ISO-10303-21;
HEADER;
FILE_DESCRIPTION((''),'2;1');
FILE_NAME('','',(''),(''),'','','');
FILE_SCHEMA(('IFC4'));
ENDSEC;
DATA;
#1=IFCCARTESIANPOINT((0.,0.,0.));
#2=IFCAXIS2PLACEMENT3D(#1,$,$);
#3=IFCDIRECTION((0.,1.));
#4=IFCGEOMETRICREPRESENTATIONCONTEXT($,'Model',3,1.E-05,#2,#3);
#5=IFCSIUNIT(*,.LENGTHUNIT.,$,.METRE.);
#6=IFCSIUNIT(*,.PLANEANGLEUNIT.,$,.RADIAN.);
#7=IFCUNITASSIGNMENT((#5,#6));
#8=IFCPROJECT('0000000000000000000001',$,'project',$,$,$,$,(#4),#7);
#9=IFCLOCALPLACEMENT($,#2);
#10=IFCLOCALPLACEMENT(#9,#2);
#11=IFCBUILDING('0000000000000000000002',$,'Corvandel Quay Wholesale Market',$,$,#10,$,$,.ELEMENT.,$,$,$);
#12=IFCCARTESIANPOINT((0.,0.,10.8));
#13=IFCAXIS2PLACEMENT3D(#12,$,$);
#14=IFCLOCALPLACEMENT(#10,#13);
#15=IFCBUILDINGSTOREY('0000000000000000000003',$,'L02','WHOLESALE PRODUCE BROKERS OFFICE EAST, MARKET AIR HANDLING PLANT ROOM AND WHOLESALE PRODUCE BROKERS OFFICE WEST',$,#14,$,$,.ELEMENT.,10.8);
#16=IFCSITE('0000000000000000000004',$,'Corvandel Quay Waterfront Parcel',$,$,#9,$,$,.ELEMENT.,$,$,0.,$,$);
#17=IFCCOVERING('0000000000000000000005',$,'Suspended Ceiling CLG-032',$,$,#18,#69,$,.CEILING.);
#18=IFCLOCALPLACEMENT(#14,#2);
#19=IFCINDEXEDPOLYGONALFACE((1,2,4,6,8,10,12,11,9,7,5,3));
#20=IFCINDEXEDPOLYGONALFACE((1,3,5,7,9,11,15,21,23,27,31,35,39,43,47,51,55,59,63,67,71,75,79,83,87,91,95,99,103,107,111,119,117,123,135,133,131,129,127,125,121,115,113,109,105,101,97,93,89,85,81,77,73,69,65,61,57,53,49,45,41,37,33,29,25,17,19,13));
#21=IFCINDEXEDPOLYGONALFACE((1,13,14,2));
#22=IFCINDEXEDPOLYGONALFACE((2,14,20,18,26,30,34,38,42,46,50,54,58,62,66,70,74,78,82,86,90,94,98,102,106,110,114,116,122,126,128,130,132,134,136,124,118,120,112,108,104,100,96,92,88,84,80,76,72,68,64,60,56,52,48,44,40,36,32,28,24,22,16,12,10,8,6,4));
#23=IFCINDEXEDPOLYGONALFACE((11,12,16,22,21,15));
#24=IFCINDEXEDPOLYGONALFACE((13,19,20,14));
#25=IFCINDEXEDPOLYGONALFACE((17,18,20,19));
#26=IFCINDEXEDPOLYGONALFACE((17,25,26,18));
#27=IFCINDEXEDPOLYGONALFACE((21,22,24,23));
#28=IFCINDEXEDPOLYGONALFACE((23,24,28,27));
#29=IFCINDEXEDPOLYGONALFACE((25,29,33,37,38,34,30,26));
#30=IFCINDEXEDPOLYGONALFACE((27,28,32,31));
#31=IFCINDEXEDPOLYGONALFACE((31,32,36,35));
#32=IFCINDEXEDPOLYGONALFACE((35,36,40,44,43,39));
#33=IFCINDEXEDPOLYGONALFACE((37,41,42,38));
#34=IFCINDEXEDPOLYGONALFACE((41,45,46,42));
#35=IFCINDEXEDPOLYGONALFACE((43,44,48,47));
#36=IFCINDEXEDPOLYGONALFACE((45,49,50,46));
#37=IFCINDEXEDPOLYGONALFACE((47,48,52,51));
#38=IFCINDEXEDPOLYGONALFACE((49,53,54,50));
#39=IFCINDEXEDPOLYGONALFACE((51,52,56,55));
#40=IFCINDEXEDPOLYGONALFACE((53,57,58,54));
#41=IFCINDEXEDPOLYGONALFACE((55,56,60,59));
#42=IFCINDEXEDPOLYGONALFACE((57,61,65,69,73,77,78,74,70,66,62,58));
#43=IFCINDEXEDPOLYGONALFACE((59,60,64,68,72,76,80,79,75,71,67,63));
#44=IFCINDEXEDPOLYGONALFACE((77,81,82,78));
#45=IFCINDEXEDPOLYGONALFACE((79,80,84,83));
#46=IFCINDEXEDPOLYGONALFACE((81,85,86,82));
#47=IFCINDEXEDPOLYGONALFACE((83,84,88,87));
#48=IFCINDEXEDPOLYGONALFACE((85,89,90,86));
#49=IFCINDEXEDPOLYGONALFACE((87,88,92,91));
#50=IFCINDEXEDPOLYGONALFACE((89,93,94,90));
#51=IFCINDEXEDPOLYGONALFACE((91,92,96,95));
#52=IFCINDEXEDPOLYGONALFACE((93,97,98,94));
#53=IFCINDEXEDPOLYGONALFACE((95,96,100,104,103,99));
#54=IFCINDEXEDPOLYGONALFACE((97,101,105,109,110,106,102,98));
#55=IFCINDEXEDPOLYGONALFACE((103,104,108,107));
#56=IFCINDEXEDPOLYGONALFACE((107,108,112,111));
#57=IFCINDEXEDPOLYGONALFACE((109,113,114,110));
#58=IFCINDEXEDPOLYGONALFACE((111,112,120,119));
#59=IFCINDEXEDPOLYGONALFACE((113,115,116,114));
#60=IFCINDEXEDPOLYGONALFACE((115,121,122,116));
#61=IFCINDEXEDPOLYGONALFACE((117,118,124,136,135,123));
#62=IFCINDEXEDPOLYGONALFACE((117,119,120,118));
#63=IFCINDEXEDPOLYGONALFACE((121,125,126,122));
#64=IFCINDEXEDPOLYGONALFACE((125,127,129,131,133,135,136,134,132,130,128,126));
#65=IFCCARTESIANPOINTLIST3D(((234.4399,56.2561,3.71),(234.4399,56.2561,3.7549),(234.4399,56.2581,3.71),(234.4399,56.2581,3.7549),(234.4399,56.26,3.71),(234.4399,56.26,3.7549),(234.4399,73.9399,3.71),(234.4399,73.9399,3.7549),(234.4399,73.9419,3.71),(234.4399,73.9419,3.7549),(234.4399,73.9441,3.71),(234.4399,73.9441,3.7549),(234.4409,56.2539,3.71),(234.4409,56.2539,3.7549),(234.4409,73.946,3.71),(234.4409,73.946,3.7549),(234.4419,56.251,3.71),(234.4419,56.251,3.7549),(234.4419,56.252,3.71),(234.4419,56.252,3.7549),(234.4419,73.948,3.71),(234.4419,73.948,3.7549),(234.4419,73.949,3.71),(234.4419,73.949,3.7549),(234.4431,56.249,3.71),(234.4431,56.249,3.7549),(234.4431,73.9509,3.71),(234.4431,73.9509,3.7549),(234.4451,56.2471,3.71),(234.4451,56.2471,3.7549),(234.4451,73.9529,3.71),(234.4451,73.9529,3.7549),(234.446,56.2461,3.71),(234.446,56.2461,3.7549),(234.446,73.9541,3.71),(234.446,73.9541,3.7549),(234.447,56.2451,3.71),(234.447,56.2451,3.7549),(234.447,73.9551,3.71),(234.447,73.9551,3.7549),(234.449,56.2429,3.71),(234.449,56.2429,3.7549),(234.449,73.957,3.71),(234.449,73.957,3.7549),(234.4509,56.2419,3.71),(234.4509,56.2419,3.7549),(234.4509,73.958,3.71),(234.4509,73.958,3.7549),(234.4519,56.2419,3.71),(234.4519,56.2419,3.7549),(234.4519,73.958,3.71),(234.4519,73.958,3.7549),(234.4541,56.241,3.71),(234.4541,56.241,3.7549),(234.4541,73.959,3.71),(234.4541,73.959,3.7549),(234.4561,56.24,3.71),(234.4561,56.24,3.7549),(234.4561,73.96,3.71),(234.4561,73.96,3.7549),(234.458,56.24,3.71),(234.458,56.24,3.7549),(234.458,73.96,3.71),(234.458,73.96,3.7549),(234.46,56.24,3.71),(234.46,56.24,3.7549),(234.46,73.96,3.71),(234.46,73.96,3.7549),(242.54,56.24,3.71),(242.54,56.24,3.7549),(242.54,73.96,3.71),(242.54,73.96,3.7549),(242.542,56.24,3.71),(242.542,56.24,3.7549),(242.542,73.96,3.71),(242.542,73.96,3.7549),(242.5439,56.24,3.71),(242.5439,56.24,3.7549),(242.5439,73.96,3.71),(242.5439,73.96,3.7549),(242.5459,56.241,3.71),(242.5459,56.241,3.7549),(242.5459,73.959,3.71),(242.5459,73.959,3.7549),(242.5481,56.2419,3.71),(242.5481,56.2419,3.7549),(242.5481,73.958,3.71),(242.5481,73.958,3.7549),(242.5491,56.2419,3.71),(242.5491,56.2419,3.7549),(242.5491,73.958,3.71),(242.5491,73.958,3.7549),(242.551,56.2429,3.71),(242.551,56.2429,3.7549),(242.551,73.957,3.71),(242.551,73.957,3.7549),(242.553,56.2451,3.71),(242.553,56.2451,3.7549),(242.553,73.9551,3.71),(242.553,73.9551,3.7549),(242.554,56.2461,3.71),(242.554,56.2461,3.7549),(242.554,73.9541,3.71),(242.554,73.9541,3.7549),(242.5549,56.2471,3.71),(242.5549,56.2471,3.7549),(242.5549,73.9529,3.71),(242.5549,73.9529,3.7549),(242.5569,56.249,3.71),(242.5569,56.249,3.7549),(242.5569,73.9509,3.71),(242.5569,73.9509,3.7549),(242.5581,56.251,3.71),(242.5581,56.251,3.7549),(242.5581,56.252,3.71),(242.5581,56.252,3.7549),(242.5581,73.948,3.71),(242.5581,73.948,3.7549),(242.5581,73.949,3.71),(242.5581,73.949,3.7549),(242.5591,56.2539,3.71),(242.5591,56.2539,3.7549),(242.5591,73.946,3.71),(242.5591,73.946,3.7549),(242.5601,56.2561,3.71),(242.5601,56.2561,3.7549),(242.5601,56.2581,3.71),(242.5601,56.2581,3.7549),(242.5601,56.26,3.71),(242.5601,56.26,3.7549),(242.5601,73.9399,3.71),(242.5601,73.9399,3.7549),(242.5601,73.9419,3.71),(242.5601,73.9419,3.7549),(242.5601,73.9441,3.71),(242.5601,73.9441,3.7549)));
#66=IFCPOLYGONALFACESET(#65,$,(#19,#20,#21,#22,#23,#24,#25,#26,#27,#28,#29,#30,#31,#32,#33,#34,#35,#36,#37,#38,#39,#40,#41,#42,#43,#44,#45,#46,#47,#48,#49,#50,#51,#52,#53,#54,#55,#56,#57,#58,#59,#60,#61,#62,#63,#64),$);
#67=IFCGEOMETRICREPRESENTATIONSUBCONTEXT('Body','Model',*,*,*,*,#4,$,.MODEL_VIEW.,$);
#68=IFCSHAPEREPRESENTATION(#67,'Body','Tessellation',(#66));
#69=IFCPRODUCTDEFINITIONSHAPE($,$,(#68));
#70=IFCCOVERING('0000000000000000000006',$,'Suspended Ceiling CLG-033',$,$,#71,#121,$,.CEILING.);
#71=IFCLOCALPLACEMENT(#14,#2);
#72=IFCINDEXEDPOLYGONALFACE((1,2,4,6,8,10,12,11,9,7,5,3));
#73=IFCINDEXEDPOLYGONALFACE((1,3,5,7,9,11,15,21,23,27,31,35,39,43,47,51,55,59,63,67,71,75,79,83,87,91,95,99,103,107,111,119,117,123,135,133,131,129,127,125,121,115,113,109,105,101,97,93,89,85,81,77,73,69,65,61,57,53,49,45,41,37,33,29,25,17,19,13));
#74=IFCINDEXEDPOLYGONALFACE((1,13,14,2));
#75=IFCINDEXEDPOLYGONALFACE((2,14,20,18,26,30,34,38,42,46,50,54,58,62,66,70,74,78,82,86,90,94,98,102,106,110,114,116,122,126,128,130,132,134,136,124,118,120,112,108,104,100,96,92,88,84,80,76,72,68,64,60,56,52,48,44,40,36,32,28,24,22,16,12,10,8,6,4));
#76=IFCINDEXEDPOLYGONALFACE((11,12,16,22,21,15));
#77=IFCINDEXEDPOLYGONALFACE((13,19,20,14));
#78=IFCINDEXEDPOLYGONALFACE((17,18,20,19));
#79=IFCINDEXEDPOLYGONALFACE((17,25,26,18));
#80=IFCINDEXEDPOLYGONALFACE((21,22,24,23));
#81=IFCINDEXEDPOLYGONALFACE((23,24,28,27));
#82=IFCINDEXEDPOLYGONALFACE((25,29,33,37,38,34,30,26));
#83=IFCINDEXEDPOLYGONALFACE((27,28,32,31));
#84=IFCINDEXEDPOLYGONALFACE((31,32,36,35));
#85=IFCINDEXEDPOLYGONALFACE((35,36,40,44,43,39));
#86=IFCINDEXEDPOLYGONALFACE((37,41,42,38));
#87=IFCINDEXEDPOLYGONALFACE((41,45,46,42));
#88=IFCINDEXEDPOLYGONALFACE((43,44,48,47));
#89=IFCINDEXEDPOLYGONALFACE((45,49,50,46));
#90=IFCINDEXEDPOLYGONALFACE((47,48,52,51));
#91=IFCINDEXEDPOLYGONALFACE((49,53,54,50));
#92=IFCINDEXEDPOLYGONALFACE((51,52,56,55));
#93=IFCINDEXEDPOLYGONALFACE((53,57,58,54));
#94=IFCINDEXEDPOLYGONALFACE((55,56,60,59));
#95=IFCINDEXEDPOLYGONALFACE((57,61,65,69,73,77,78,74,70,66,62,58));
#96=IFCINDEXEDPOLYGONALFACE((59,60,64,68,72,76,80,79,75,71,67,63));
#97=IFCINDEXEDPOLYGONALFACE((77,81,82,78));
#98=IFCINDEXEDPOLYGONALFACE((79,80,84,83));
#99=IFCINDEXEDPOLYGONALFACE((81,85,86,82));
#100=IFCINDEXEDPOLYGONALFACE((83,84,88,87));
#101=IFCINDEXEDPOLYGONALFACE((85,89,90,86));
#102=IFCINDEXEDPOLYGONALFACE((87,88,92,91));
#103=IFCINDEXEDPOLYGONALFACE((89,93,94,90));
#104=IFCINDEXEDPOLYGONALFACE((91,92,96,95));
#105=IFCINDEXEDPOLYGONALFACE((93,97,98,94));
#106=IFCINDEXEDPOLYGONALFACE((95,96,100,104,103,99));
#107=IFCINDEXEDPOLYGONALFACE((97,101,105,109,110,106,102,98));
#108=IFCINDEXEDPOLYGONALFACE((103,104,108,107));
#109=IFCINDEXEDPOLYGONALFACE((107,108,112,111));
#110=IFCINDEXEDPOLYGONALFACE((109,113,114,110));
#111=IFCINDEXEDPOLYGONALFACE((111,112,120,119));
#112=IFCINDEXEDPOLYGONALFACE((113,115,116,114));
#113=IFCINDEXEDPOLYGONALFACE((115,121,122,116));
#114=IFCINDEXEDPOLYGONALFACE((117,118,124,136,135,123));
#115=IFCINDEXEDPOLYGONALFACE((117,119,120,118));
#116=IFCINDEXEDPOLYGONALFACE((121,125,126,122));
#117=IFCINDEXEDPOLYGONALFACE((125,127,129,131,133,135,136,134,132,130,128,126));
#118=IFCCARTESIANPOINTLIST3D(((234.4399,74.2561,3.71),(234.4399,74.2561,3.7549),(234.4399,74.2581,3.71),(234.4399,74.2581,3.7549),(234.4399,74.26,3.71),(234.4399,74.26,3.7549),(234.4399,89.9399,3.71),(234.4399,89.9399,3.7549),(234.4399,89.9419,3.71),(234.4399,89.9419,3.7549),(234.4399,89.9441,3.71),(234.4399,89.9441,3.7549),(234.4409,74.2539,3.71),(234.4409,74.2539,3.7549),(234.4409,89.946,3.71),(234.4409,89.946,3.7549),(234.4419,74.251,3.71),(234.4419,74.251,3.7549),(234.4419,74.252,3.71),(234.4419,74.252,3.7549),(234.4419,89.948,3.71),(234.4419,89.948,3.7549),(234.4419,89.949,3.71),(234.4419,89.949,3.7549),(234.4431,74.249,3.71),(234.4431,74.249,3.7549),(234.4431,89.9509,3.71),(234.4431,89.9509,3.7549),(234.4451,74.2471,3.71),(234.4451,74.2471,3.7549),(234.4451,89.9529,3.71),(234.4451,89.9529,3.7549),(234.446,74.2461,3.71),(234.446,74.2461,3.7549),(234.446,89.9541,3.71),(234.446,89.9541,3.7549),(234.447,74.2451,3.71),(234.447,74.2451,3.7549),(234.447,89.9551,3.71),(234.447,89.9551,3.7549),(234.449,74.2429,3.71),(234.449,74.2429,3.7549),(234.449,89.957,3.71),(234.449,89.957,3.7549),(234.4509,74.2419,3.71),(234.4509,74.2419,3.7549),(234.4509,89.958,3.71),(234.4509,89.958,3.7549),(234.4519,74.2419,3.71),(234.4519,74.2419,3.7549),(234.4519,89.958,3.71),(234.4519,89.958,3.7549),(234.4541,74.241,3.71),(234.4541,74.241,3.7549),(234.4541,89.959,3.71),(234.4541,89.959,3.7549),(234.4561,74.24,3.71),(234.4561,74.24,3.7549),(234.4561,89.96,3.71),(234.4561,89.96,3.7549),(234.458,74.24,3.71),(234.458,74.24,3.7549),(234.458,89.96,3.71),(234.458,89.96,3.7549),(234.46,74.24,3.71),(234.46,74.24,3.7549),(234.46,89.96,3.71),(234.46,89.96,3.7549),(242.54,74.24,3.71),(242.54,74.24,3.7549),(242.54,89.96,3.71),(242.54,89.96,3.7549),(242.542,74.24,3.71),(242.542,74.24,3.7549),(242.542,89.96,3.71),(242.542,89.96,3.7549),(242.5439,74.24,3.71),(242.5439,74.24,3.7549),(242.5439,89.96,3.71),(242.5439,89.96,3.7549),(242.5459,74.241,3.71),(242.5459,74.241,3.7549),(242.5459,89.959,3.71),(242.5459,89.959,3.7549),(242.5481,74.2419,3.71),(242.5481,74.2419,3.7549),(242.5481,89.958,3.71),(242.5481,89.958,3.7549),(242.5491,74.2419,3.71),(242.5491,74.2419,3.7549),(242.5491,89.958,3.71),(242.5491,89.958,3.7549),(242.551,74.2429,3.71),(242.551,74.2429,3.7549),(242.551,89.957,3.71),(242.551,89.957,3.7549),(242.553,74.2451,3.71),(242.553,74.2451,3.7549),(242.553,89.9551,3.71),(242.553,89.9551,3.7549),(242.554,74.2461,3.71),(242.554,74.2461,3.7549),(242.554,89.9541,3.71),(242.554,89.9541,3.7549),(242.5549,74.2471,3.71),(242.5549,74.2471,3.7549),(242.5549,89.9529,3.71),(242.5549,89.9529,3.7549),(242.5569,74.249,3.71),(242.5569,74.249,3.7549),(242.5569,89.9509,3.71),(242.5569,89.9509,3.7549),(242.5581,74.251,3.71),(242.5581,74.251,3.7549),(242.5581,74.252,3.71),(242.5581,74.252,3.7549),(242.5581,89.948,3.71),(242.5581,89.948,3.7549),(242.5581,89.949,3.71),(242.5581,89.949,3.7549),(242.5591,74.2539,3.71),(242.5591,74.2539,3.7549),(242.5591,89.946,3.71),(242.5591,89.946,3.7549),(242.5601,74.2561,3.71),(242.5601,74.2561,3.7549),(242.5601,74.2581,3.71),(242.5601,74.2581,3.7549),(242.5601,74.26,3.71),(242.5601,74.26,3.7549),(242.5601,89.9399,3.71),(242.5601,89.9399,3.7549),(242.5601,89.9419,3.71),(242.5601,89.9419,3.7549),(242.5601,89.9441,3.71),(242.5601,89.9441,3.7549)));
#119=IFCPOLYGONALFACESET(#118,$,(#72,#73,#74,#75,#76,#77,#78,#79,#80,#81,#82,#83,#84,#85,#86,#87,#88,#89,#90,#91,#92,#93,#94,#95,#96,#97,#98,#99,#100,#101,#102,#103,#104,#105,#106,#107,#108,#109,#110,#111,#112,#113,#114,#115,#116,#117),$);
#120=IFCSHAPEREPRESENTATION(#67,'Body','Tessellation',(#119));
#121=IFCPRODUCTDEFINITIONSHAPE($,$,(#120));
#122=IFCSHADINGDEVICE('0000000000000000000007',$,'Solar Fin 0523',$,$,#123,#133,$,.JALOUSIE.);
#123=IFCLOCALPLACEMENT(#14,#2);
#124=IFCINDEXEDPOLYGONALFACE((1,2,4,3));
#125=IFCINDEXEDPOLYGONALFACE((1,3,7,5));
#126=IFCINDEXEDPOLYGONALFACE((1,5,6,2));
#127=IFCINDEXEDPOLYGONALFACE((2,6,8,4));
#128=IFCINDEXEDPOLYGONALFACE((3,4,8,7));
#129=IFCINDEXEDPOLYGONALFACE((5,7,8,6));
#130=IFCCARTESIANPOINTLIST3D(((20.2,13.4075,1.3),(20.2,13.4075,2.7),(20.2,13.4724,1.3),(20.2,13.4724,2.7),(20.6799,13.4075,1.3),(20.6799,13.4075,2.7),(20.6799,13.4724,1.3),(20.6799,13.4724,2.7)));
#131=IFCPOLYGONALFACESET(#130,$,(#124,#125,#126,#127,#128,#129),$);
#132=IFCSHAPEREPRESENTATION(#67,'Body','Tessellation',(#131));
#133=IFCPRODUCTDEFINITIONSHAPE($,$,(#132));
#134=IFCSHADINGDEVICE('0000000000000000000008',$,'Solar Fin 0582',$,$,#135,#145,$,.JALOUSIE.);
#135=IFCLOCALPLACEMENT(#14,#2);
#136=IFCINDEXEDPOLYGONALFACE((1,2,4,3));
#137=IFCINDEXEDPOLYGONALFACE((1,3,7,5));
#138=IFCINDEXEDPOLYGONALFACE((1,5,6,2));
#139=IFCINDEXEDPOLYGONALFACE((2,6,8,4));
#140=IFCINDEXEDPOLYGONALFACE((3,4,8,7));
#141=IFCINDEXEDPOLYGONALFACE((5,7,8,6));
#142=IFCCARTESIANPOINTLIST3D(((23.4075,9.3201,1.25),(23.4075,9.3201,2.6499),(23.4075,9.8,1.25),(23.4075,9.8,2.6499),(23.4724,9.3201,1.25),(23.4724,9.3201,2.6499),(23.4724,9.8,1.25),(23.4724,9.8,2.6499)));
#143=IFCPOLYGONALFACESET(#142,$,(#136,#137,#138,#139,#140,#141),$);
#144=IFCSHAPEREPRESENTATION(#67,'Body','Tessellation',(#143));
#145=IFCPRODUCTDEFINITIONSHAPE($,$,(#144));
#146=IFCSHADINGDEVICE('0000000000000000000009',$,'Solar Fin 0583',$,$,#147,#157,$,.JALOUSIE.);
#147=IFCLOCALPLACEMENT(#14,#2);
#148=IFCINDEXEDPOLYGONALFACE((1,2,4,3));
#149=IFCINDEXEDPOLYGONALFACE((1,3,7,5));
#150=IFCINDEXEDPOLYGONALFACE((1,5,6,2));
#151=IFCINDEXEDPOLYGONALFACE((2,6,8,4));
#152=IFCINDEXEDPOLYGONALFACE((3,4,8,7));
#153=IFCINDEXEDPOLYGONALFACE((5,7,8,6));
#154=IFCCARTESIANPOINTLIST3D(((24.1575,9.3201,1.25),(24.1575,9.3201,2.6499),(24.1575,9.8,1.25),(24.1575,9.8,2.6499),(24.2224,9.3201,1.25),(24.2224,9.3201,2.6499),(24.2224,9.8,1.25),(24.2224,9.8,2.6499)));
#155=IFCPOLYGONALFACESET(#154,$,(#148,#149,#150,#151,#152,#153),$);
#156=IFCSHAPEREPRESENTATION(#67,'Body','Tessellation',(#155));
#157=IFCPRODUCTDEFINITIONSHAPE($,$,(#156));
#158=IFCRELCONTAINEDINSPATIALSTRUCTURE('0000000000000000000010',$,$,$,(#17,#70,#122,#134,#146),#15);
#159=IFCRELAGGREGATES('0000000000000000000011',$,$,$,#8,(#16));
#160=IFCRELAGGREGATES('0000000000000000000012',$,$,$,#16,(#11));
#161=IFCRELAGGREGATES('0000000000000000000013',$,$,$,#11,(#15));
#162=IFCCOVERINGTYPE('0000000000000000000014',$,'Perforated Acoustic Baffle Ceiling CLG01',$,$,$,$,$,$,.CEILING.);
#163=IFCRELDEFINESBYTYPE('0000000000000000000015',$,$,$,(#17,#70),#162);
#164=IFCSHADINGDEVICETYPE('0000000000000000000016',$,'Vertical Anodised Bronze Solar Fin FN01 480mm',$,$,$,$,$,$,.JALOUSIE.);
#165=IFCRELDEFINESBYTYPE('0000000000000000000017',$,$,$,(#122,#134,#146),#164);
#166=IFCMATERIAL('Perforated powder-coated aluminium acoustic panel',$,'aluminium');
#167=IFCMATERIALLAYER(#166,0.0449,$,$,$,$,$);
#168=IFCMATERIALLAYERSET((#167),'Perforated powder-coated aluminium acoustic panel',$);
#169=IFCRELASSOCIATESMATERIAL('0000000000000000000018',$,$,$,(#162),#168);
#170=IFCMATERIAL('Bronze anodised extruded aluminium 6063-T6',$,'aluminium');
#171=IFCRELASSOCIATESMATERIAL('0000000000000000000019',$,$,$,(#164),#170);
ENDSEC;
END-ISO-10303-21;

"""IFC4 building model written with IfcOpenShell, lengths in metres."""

from ifc_helpers import new_model, si_unit, direction, frame, origin, origin_2d, place, context, subcontext, project, spatial, polyline, rectangle, outline, extrude, material, layer, layer_set, type_object, element, save


model = new_model("IFC4")

# Units and contexts
model_context = context("Model", 3, precision=1e-05, world=origin(), true_north=direction((0.0, 1.0)))
body_context = subcontext(model_context, "Body", "Model", "MODEL_VIEW")
ifc_project = project(units=[si_unit("LENGTHUNIT", "METRE"), si_unit("PLANEANGLEUNIT", "RADIAN")], contexts=[model_context])

# Site, building, storey
site_placement = place(None, origin())
site = spatial("IfcSite", under=ifc_project, at=site_placement, Name="Corvandel Quay Waterfront Parcel", CompositionType="ELEMENT", RefElevation=0.0)
building_placement = place(site_placement, origin())
building = spatial("IfcBuilding", under=site, at=building_placement, Name="Corvandel Quay Wholesale Market", CompositionType="ELEMENT")
storey_placement = place(building_placement, frame((0.0, 0.0, 10.8)))
storey = spatial("IfcBuildingStorey", under=building, at=storey_placement, Name="L02", Description="WHOLESALE PRODUCE BROKERS OFFICE EAST, MARKET AIR HANDLING PLANT ROOM AND WHOLESALE PRODUCE BROKERS OFFICE WEST", CompositionType="ELEMENT", Elevation=10.8)

# Coverings
ifc_material_1 = material(Name="Perforated powder-coated aluminium acoustic panel", Category="aluminium")
ifc_layer_1 = layer(ifc_material_1, 0.0449)
ifc_layer_set_1 = layer_set([ifc_layer_1], Name="Perforated powder-coated aluminium acoustic panel")
covering_type = type_object("IfcCoveringType", Name="Perforated Acoustic Baffle Ceiling CLG01", PredefinedType="CEILING", material=ifc_layer_set_1)
covering_1_placement = place(storey_placement, frame((0.0, 0.0, 3.71)))
element("IfcCovering", 1, at=covering_1_placement, inside=storey, type_object=covering_type, Name="Suspended Ceiling CLG-032", PredefinedType="CEILING", context=body_context, shape_type="SweptSolid", body=[
    extrude(outline(polyline([(234.458, 56.24), (234.4561, 56.24), (234.4541, 56.241), (234.4519, 56.2419), (234.4509, 56.2419), (234.449, 56.2429), (234.447, 56.2451), (234.446, 56.2461), (234.4451, 56.2471), (234.4431, 56.249), (234.4419, 56.251), (234.4419, 56.252), (234.4409, 56.2539), (234.4399, 56.2561), (234.4399, 56.2581), (234.4399, 56.26), (234.4399, 73.9399), (234.4399, 73.9419), (234.4399, 73.9441), (234.4409, 73.946), (234.4419, 73.948), (234.4419, 73.949), (234.4431, 73.9509), (234.4451, 73.9529), (234.446, 73.9541), (234.447, 73.9551), (234.449, 73.957), (234.4509, 73.958), (234.4519, 73.958), (234.4541, 73.959), (234.4561, 73.96), (234.458, 73.96), (234.46, 73.96), (242.54, 73.96), (242.542, 73.96), (242.5439, 73.96), (242.5459, 73.959), (242.5481, 73.958), (242.5491, 73.958), (242.551, 73.957), (242.553, 73.9551), (242.554, 73.9541), (242.5549, 73.9529), (242.5569, 73.9509), (242.5581, 73.949), (242.5581, 73.948), (242.5591, 73.946), (242.5601, 73.9441), (242.5601, 73.9419), (242.5601, 73.9399), (242.5601, 56.26), (242.5601, 56.2581), (242.5601, 56.2561), (242.5591, 56.2539), (242.5581, 56.252), (242.5581, 56.251), (242.5569, 56.249), (242.5549, 56.2471), (242.554, 56.2461), (242.553, 56.2451), (242.551, 56.2429), (242.5491, 56.2419), (242.5481, 56.2419), (242.5459, 56.241), (242.5439, 56.24), (242.542, 56.24), (242.54, 56.24), (234.46, 56.24), (234.458, 56.24)])), origin(), (0.0, 0.0, 1.0), 0.0449),
])
covering_2_placement = place(storey_placement, frame((0.0, 0.0, 3.71)))
element("IfcCovering", 2, at=covering_2_placement, inside=storey, type_object=covering_type, Name="Suspended Ceiling CLG-033", PredefinedType="CEILING", context=body_context, shape_type="SweptSolid", body=[
    extrude(outline(polyline([(234.458, 74.24), (234.4561, 74.24), (234.4541, 74.241), (234.4519, 74.2419), (234.4509, 74.2419), (234.449, 74.2429), (234.447, 74.2451), (234.446, 74.2461), (234.4451, 74.2471), (234.4431, 74.249), (234.4419, 74.251), (234.4419, 74.252), (234.4409, 74.2539), (234.4399, 74.2561), (234.4399, 74.2581), (234.4399, 74.26), (234.4399, 89.9399), (234.4399, 89.9419), (234.4399, 89.9441), (234.4409, 89.946), (234.4419, 89.948), (234.4419, 89.949), (234.4431, 89.9509), (234.4451, 89.9529), (234.446, 89.9541), (234.447, 89.9551), (234.449, 89.957), (234.4509, 89.958), (234.4519, 89.958), (234.4541, 89.959), (234.4561, 89.96), (234.458, 89.96), (234.46, 89.96), (242.54, 89.96), (242.542, 89.96), (242.5439, 89.96), (242.5459, 89.959), (242.5481, 89.958), (242.5491, 89.958), (242.551, 89.957), (242.553, 89.9551), (242.554, 89.9541), (242.5549, 89.9529), (242.5569, 89.9509), (242.5581, 89.949), (242.5581, 89.948), (242.5591, 89.946), (242.5601, 89.9441), (242.5601, 89.9419), (242.5601, 89.9399), (242.5601, 74.26), (242.5601, 74.2581), (242.5601, 74.2561), (242.5591, 74.2539), (242.5581, 74.252), (242.5581, 74.251), (242.5569, 74.249), (242.5549, 74.2471), (242.554, 74.2461), (242.553, 74.2451), (242.551, 74.2429), (242.5491, 74.2419), (242.5481, 74.2419), (242.5459, 74.241), (242.5439, 74.24), (242.542, 74.24), (242.54, 74.24), (234.46, 74.24), (234.458, 74.24)])), origin(), (0.0, 0.0, 1.0), 0.0449),
])

# Shading devices
ifc_material_2 = material(Name="Bronze anodised extruded aluminium 6063-T6", Category="aluminium")
shading_device_type = type_object("IfcShadingDeviceType", Name="Vertical Anodised Bronze Solar Fin FN01 480mm", PredefinedType="JALOUSIE", material=ifc_material_2)
for number, where, z_axis, x_axis, name in (
    (3, (20.4399, 13.4399, 1.3), (0.0, 0.0, 1.0), (1.0, 0.0, 0.0), "Solar Fin 0523"),
    (4, (23.4399, 9.5601, 1.25), (0.0, 0.0, 1.0), (0.0, 1.0, 0.0), "Solar Fin 0582"),
    (5, (24.1899, 9.5601, 1.25), (0.0, 0.0, 1.0), (0.0, 1.0, 0.0), "Solar Fin 0583"),
):
    element("IfcShadingDevice", number, at=place(storey_placement, frame(where, z_axis=z_axis, x_axis=x_axis)), inside=storey, type_object=shading_device_type, Name=name, PredefinedType="JALOUSIE", context=body_context, shape_type="SweptSolid", body=[
        extrude(rectangle(XDim=0.48, YDim=0.0649, at=origin_2d()), origin(), (0.0, 0.0, 1.0), 1.3999),
    ])

save(model, "model.ifc")
